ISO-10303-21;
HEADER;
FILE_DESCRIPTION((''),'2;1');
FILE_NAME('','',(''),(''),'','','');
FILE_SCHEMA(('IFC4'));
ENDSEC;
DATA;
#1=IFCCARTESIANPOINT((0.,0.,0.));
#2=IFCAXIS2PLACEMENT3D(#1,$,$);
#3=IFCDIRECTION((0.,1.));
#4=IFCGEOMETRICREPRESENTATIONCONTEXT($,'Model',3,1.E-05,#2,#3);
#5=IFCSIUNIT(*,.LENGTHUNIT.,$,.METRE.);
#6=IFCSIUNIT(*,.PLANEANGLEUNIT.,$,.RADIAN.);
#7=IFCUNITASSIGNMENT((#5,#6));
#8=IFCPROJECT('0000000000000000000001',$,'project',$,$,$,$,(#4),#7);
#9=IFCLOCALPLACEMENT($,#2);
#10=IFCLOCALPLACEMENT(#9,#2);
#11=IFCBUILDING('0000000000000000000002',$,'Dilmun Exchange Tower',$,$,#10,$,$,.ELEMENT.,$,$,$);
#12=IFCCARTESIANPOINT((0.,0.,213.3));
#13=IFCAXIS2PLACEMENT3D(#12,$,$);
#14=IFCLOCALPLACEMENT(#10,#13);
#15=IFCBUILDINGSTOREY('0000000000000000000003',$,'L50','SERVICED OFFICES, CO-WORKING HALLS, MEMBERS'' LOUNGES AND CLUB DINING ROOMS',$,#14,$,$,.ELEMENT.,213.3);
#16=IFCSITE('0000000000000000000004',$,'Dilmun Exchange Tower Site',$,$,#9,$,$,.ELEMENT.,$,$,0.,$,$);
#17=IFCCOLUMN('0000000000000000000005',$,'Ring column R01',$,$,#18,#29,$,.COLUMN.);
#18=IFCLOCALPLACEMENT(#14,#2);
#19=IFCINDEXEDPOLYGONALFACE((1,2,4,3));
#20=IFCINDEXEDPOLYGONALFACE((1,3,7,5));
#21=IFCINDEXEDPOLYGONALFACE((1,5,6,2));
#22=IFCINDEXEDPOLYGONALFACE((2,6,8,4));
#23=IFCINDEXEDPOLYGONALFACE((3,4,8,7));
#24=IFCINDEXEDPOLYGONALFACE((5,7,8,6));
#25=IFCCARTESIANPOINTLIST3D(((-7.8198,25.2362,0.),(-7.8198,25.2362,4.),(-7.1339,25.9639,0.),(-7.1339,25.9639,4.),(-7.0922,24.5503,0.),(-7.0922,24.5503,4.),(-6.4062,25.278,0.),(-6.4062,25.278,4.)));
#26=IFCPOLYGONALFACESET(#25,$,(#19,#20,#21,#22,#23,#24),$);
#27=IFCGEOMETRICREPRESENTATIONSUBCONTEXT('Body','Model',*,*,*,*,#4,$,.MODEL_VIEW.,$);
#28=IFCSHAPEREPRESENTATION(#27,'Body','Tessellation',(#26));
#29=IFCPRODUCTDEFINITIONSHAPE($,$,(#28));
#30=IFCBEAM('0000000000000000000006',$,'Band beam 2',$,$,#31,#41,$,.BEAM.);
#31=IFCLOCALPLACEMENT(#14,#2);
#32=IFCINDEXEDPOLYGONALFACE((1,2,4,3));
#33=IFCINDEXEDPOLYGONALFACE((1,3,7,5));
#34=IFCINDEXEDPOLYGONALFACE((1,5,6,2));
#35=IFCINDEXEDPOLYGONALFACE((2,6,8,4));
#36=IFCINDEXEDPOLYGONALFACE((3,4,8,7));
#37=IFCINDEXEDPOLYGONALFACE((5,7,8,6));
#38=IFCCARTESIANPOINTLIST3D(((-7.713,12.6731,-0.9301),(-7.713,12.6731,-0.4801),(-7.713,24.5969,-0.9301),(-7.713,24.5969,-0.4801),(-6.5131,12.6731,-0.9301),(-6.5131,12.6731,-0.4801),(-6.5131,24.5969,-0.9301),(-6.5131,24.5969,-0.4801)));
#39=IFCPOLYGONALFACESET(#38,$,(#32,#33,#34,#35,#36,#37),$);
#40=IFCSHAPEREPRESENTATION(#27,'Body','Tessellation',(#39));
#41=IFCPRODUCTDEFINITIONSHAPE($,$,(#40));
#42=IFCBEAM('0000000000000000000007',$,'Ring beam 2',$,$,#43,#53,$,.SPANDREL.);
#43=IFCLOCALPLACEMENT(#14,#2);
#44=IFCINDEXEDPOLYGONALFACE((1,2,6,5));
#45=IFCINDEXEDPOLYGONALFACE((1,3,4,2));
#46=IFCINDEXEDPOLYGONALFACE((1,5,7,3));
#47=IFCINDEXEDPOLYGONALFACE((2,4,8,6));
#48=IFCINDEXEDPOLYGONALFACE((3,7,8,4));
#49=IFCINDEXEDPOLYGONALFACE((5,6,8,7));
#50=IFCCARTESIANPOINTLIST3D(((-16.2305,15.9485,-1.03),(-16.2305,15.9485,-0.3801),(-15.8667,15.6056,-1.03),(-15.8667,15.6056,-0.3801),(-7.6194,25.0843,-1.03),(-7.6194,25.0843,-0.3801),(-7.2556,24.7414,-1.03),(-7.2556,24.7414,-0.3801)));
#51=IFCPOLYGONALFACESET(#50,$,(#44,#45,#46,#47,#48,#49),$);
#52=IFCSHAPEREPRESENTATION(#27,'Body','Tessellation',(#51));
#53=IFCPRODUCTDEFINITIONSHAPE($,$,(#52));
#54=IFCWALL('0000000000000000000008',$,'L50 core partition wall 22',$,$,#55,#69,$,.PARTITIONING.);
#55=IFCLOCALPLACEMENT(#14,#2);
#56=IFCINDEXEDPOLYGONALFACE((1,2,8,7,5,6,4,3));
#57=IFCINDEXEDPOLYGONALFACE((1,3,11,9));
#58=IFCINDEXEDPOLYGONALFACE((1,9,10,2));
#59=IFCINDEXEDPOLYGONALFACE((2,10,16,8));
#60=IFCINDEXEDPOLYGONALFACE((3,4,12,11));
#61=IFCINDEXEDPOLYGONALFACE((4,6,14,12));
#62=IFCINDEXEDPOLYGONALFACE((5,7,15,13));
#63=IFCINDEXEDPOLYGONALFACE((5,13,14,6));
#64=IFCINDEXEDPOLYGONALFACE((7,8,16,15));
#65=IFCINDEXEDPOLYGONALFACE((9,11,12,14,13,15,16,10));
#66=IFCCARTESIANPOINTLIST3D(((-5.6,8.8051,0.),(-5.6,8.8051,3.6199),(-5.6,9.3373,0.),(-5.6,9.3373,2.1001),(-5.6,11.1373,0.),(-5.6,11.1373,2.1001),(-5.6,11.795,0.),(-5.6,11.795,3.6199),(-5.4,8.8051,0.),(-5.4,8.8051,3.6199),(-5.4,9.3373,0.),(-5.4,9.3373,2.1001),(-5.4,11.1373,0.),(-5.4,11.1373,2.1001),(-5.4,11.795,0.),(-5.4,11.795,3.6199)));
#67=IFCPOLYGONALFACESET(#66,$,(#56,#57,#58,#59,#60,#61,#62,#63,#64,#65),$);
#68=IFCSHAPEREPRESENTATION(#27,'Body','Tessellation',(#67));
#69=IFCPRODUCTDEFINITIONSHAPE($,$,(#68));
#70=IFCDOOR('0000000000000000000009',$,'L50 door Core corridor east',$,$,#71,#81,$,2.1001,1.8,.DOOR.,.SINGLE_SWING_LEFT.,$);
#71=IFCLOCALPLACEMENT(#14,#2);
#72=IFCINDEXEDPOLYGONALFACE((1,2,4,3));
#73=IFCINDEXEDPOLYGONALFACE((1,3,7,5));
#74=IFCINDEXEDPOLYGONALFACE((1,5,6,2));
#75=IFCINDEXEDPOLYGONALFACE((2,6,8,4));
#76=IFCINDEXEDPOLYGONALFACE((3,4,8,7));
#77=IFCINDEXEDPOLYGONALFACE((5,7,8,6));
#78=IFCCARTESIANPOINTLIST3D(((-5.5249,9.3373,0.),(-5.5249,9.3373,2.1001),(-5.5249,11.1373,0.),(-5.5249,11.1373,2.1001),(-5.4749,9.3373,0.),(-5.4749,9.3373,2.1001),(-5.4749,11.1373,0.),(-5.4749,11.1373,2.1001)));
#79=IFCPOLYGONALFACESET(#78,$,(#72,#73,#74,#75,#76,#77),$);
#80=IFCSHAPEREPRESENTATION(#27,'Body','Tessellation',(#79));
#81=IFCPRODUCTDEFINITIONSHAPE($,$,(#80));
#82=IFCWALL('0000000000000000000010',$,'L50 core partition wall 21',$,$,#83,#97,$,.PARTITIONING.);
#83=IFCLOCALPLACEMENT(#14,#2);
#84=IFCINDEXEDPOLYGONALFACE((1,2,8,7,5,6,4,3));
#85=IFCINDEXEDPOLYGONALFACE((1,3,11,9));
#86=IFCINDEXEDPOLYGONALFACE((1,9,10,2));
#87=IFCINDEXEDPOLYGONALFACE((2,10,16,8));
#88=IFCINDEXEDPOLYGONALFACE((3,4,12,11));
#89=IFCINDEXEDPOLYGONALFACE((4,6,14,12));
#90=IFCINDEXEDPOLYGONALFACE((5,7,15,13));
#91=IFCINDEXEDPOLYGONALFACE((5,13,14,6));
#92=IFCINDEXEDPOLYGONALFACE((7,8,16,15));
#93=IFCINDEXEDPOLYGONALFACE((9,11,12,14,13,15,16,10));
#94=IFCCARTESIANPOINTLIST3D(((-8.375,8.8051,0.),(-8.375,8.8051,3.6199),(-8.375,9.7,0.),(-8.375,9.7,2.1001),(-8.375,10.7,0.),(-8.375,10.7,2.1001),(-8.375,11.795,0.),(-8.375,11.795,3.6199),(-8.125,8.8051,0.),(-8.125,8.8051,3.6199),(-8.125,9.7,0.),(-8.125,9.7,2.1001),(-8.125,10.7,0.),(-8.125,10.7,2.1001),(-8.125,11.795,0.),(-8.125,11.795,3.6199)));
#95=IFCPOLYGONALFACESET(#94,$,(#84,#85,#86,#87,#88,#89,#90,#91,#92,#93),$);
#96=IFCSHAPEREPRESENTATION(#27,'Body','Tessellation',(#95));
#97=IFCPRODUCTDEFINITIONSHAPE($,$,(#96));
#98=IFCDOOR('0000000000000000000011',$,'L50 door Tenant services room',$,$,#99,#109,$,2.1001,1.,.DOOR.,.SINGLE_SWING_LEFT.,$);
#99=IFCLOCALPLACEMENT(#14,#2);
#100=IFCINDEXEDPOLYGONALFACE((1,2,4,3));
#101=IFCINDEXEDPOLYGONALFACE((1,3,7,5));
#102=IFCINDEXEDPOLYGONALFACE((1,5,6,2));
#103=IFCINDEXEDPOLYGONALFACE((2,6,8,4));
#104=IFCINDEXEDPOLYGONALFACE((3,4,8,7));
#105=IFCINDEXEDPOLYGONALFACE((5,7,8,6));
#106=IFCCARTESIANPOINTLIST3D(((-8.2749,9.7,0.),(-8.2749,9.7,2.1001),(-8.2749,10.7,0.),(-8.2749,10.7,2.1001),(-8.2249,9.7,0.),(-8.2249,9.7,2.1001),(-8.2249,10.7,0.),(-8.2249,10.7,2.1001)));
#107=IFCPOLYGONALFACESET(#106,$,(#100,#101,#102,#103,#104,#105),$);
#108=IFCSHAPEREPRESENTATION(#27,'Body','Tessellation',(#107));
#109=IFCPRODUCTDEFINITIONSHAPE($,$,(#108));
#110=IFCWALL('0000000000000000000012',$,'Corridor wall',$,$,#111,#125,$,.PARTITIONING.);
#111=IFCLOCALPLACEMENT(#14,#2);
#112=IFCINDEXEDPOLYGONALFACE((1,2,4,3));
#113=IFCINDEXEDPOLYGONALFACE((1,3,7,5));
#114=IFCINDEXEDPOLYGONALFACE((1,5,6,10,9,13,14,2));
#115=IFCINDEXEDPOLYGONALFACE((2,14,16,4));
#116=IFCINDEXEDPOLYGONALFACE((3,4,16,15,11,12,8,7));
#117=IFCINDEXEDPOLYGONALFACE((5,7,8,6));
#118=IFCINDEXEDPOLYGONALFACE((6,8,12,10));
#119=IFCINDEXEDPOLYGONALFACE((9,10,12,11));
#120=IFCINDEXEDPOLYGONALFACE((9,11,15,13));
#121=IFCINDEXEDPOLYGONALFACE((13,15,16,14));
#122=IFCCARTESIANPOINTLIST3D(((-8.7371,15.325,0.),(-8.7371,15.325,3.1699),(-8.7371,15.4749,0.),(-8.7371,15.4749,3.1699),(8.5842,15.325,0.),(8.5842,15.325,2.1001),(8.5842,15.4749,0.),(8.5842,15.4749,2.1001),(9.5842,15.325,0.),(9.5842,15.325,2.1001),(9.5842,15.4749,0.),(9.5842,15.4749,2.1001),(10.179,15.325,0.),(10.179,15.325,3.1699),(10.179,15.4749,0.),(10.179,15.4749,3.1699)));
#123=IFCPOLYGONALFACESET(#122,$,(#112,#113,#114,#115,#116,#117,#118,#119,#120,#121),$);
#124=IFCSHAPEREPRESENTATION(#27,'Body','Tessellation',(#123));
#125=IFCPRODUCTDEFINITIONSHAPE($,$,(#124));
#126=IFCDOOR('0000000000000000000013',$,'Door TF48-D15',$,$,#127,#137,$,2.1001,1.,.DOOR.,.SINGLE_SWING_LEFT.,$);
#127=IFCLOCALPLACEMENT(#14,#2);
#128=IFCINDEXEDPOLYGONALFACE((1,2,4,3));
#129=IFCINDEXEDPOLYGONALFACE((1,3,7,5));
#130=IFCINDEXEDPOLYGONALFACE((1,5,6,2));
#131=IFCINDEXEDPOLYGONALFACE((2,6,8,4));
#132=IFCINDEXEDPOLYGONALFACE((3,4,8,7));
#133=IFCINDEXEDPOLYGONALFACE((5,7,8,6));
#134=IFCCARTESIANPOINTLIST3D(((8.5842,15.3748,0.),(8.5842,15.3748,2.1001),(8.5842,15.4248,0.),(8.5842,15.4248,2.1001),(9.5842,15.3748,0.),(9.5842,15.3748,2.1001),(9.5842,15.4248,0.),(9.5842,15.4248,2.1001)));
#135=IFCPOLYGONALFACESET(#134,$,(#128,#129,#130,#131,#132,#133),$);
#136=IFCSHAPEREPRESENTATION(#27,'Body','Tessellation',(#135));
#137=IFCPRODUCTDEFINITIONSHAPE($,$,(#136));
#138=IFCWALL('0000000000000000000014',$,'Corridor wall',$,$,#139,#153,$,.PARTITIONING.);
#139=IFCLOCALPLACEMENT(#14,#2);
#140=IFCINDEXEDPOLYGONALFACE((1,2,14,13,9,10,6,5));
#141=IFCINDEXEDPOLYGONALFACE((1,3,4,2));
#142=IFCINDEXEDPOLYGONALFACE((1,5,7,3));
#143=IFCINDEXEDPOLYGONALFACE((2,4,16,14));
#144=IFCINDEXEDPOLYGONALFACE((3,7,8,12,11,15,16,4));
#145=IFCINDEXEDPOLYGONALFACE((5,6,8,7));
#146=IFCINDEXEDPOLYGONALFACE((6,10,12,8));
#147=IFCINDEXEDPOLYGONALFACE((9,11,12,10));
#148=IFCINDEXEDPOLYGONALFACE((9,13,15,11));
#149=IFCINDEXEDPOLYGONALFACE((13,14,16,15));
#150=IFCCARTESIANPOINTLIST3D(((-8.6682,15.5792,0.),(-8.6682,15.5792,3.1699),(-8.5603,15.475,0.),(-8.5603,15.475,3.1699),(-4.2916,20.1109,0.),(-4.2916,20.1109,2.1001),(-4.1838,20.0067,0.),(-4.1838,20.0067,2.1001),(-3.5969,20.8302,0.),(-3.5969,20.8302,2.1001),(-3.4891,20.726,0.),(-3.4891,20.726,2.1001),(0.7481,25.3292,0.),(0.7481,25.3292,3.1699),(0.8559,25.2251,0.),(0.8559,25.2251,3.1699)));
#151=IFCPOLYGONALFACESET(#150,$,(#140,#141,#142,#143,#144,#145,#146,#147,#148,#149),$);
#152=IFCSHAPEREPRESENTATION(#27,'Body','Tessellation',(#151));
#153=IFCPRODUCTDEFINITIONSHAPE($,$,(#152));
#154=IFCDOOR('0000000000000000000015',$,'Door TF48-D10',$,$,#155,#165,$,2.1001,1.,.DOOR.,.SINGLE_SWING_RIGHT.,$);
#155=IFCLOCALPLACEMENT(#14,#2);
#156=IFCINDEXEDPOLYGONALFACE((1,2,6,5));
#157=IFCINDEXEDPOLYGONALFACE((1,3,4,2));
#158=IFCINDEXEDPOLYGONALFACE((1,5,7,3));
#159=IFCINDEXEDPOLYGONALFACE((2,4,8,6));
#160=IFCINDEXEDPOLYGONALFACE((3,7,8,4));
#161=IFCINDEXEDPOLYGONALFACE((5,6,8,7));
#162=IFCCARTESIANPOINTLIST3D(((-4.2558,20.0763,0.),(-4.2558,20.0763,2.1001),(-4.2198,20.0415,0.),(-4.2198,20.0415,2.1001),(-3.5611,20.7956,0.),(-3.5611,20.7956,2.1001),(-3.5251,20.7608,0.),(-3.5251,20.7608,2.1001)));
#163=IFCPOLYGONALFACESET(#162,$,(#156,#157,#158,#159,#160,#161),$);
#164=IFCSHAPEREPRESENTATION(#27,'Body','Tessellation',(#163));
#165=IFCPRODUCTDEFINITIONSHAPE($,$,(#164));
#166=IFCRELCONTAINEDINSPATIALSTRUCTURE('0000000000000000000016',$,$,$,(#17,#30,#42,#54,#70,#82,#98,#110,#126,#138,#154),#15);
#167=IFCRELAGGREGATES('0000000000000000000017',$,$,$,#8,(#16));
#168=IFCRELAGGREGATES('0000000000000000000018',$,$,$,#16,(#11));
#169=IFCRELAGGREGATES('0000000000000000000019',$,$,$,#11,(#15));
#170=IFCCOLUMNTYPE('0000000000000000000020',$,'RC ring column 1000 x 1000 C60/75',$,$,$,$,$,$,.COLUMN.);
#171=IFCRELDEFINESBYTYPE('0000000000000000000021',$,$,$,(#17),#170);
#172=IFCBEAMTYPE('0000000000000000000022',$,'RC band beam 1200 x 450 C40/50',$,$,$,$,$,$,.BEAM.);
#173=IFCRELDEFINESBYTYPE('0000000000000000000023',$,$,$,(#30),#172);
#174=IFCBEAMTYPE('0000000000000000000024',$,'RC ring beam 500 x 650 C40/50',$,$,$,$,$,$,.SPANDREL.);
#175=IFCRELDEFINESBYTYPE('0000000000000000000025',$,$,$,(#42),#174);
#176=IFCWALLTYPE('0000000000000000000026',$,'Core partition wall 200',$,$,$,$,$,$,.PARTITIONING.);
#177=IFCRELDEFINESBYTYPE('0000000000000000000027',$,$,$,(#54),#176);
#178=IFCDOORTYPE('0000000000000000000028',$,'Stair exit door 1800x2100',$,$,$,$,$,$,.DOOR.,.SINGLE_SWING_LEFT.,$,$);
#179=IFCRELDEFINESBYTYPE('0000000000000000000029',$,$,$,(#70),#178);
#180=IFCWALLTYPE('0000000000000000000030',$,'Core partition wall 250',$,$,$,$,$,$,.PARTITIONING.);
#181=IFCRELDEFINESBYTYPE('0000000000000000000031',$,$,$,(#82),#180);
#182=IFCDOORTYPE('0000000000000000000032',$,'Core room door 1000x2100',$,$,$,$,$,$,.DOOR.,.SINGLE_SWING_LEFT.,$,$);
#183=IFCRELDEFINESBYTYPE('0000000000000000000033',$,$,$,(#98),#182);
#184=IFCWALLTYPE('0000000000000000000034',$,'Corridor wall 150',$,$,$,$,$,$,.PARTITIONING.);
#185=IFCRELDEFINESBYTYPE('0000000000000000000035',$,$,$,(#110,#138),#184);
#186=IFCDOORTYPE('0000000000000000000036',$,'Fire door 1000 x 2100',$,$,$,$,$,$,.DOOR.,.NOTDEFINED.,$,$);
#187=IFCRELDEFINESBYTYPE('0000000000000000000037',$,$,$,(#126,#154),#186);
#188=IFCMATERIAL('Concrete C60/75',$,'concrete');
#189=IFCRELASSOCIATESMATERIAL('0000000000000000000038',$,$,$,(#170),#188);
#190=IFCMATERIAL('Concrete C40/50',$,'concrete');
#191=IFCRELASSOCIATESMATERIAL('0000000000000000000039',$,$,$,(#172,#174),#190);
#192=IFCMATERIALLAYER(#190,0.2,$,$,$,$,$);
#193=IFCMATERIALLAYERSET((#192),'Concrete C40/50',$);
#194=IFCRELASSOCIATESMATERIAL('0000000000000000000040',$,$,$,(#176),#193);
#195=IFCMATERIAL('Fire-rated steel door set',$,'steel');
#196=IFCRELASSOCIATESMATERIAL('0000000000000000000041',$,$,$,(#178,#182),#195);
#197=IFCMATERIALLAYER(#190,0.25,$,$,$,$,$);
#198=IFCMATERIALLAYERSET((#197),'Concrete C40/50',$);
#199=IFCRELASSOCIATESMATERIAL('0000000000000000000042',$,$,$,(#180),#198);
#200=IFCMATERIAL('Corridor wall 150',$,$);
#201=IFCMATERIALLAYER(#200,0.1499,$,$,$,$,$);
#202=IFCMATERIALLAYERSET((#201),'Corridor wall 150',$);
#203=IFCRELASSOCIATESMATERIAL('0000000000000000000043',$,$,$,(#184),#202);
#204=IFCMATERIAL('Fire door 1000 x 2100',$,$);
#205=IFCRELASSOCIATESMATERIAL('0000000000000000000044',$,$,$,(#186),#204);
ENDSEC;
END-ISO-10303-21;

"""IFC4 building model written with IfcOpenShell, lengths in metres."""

from ifc_helpers import new_model, si_unit, direction, frame, frame_2d, origin, origin_2d, place, context, subcontext, project, spatial, rectangle, extrude, material, layer, layer_set, material_profile, profile_set, type_object, element, fill, save


model = new_model("IFC4")

# Units and contexts
model_context = context("Model", 3, precision=1e-05, world=origin(), true_north=direction((0.0, 1.0)))
body_context = subcontext(model_context, "Body", "Model", "MODEL_VIEW")
ifc_project = project(units=[si_unit("LENGTHUNIT", "METRE"), si_unit("PLANEANGLEUNIT", "RADIAN")], contexts=[model_context])

# Site, building, storey
site_placement = place(None, origin())
site = spatial("IfcSite", under=ifc_project, at=site_placement, Name="Dilmun Exchange Tower Site", CompositionType="ELEMENT", RefElevation=0.0)
building_placement = place(site_placement, origin())
building = spatial("IfcBuilding", under=site, at=building_placement, Name="Dilmun Exchange Tower", CompositionType="ELEMENT")
storey_placement = place(building_placement, frame((0.0, 0.0, 213.3)))
storey = spatial("IfcBuildingStorey", under=building, at=storey_placement, Name="L50", Description="SERVICED OFFICES, CO-WORKING HALLS, MEMBERS' LOUNGES AND CLUB DINING ROOMS", CompositionType="ELEMENT", Elevation=213.3)

# Column
ifc_material_1 = material(Name="Concrete C60/75", Category="concrete")
ifc_material_profile_1 = material_profile(ifc_material_1, rectangle(XDim=1.0, YDim=1.0, at=origin_2d()), Name="1000 x 1000")
ifc_profile_set_1 = profile_set([ifc_material_profile_1], Name="Concrete C60/75")
column_type = type_object("IfcColumnType", Name="RC ring column 1000 x 1000 C60/75", PredefinedType="COLUMN", material=ifc_profile_set_1)
column_placement = place(storey_placement, frame((-7.113, 25.2571, 0.0), z_axis=(0.0, 0.0, 1.0), x_axis=(0.685916, 0.727681, 0.0)))
element("IfcColumn", 1, at=column_placement, inside=storey, type_object=column_type, Name="Ring column R01", PredefinedType="COLUMN", context=body_context, shape_type="SweptSolid", body=[
    extrude(rectangle(XDim=1.0, YDim=1.0, at=origin_2d()), origin(), (0.0, 0.0, 1.0), 4.0),
])

# Beams
ifc_material_2 = material(Name="Concrete C40/50", Category="concrete")
ifc_material_profile_2 = material_profile(ifc_material_2, rectangle(XDim=1.2, YDim=0.45, at=origin_2d()), Name="1200 x 450")
ifc_profile_set_2 = profile_set([ifc_material_profile_2], Name="Concrete C40/50")
beam_type_1 = type_object("IfcBeamType", Name="RC band beam 1200 x 450 C40/50", PredefinedType="BEAM", material=ifc_profile_set_2)
beam_1_placement = place(storey_placement, frame((-7.113, 24.5969, -0.7051), z_axis=(0.0, -1.0, 0.0), x_axis=(1.0, 0.0, 0.0)))
element("IfcBeam", 2, at=beam_1_placement, inside=storey, type_object=beam_type_1, Name="Band beam 2", PredefinedType="BEAM", context=body_context, shape_type="SweptSolid", body=[
    extrude(rectangle(XDim=1.2, YDim=0.45, at=origin_2d()), origin(), (0.0, 0.0, 1.0), 11.9238),
])
ifc_material_profile_3 = material_profile(ifc_material_2, rectangle(XDim=0.5, YDim=0.6499, at=origin_2d()), Name="500 x 650")
ifc_profile_set_3 = profile_set([ifc_material_profile_3], Name="Concrete C40/50")
beam_type_2 = type_object("IfcBeamType", Name="RC ring beam 500 x 650 C40/50", PredefinedType="SPANDREL", material=ifc_profile_set_3)
beam_2_placement = place(storey_placement, frame((-7.4375, 24.9128, -0.7051), z_axis=(-0.685903, -0.727693, 0.0), x_axis=(0.727693, -0.685903, 0.0)))
element("IfcBeam", 3, at=beam_2_placement, inside=storey, type_object=beam_type_2, Name="Ring beam 2", PredefinedType="SPANDREL", context=body_context, shape_type="SweptSolid", body=[
    extrude(rectangle(XDim=0.5, YDim=0.6499, at=origin_2d()), origin(), (0.0, 0.0, 1.0), 12.5544),
])

# Walls, openings, doors
ifc_layer_1 = layer(ifc_material_2, 0.2)
ifc_layer_set_1 = layer_set([ifc_layer_1], Name="Concrete C40/50")
wall_type_1 = type_object("IfcWallType", Name="Core partition wall 200", PredefinedType="PARTITIONING", material=ifc_layer_set_1)
wall_1_placement = place(storey_placement, frame((-5.5, 8.8049, 0.0), z_axis=(0.0, 0.0, 1.0), x_axis=(0.0, 1.0, 0.0)))
wall_1 = element("IfcWall", 4, at=wall_1_placement, inside=storey, type_object=wall_type_1, Name="L50 core partition wall 22", PredefinedType="PARTITIONING", context=body_context, shape_type="SweptSolid", body=[
    extrude(rectangle(XDim=2.99, YDim=0.2, at=frame_2d((1.4951, 0.0))), origin(), (0.0, 0.0, 1.0), 3.6199),
])
opening_1_placement = place(wall_1_placement, frame((0.5325, 0.0, 0.0)))
opening_1 = element("IfcOpeningElement", 5, at=opening_1_placement, cuts=wall_1, PredefinedType="OPENING", context=body_context, shape_type="SweptSolid", body=[
    extrude(rectangle(XDim=1.8, YDim=2.1001, at=frame_2d((0.8999, 1.05))), frame((0.0, 0.1099, 0.0), z_axis=(0.0, -1.0, 0.0), x_axis=(1.0, 0.0, 0.0)), (0.0, 0.0, 1.0), 0.22),
])
ifc_material_3 = material(Name="Fire-rated steel door set", Category="steel")
door_type_1 = type_object("IfcDoorType", Name="Stair exit door 1800x2100", OperationType="SINGLE_SWING_LEFT", PredefinedType="DOOR", material=ifc_material_3)
door_1_placement = place(opening_1_placement, origin())
door_1 = element("IfcDoor", 6, at=door_1_placement, inside=storey, type_object=door_type_1, Name="L50 door Core corridor east", OperationType="SINGLE_SWING_LEFT", OverallHeight=2.1001, OverallWidth=1.8, PredefinedType="DOOR", context=body_context, shape_type="SweptSolid", body=[
    extrude(rectangle(XDim=1.8, YDim=2.1001, at=frame_2d((0.8999, 1.05))), frame((0.0, 0.0249, 0.0), z_axis=(0.0, -1.0, 0.0), x_axis=(1.0, 0.0, 0.0)), (0.0, 0.0, 1.0), 0.05),
])
fill(opening_1, door_1)
ifc_layer_2 = layer(ifc_material_2, 0.25)
ifc_layer_set_2 = layer_set([ifc_layer_2], Name="Concrete C40/50")
wall_type_2 = type_object("IfcWallType", Name="Core partition wall 250", PredefinedType="PARTITIONING", material=ifc_layer_set_2)
wall_2_placement = place(storey_placement, frame((-8.25, 8.8049, 0.0), z_axis=(0.0, 0.0, 1.0), x_axis=(0.0, 1.0, 0.0)))
wall_2 = element("IfcWall", 7, at=wall_2_placement, inside=storey, type_object=wall_type_2, Name="L50 core partition wall 21", PredefinedType="PARTITIONING", context=body_context, shape_type="SweptSolid", body=[
    extrude(rectangle(XDim=2.99, YDim=0.25, at=frame_2d((1.4951, 0.0))), origin(), (0.0, 0.0, 1.0), 3.6199),
])
opening_2_placement = place(wall_2_placement, frame((0.895, 0.0, 0.0)))
opening_2 = element("IfcOpeningElement", 8, at=opening_2_placement, cuts=wall_2, PredefinedType="OPENING", context=body_context, shape_type="SweptSolid", body=[
    extrude(rectangle(XDim=1.0, YDim=2.1001, at=frame_2d((0.5, 1.05))), frame((0.0, 0.135, 0.0), z_axis=(0.0, -1.0, 0.0), x_axis=(1.0, 0.0, 0.0)), (0.0, 0.0, 1.0), 0.27),
])
door_type_2 = type_object("IfcDoorType", Name="Core room door 1000x2100", OperationType="SINGLE_SWING_LEFT", PredefinedType="DOOR", material=ifc_material_3)
door_2_placement = place(opening_2_placement, origin())
door_2 = element("IfcDoor", 9, at=door_2_placement, inside=storey, type_object=door_type_2, Name="L50 door Tenant services room", OperationType="SINGLE_SWING_LEFT", OverallHeight=2.1001, OverallWidth=1.0, PredefinedType="DOOR", context=body_context, shape_type="SweptSolid", body=[
    extrude(rectangle(XDim=1.0, YDim=2.1001, at=frame_2d((0.5, 1.05))), frame((0.0, 0.0249, 0.0), z_axis=(0.0, -1.0, 0.0), x_axis=(1.0, 0.0, 0.0)), (0.0, 0.0, 1.0), 0.05),
])
fill(opening_2, door_2)
ifc_material_4 = material(Name="Corridor wall 150")
ifc_layer_3 = layer(ifc_material_4, 0.1499)
ifc_layer_set_3 = layer_set([ifc_layer_3], Name="Corridor wall 150")
wall_type_3 = type_object("IfcWallType", Name="Corridor wall 150", PredefinedType="PARTITIONING", material=ifc_layer_set_3)
wall_3_placement = place(storey_placement, frame((-8.7371, 15.3999, 0.0), z_axis=(0.0, 0.0, 1.0), x_axis=(1.0, 0.0, 0.0)))
wall_3 = element("IfcWall", 10, at=wall_3_placement, inside=storey, type_object=wall_type_3, Name="Corridor wall", PredefinedType="PARTITIONING", context=body_context, shape_type="SweptSolid", body=[
    extrude(rectangle(XDim=18.916, YDim=0.1499, at=frame_2d((9.458, 0.0))), origin(), (0.0, 0.0, 1.0), 3.1699),
])
opening_3_placement = place(wall_3_placement, frame((17.3213, 0.0, 0.0)))
opening_3 = element("IfcOpeningElement", 11, at=opening_3_placement, cuts=wall_3, PredefinedType="OPENING", context=body_context, shape_type="SweptSolid", body=[
    extrude(rectangle(XDim=1.0, YDim=2.1001, at=frame_2d((0.5, 1.05))), frame((0.0, 0.085, 0.0), z_axis=(0.0, -1.0, 0.0), x_axis=(1.0, 0.0, 0.0)), (0.0, 0.0, 1.0), 0.1699),
])
ifc_material_5 = material(Name="Fire door 1000 x 2100")
door_type_3 = type_object("IfcDoorType", Name="Fire door 1000 x 2100", OperationType="NOTDEFINED", PredefinedType="DOOR", material=ifc_material_5)
door_3_placement = place(opening_3_placement, origin())
door_3 = element("IfcDoor", 12, at=door_3_placement, inside=storey, type_object=door_type_3, Name="Door TF48-D15", OperationType="SINGLE_SWING_LEFT", OverallHeight=2.1001, OverallWidth=1.0, PredefinedType="DOOR", context=body_context, shape_type="SweptSolid", body=[
    extrude(rectangle(XDim=1.0, YDim=2.1001, at=frame_2d((0.5, 1.05))), frame((0.0, 0.0249, 0.0), z_axis=(0.0, -1.0, 0.0), x_axis=(1.0, 0.0, 0.0)), (0.0, 0.0, 1.0), 0.05),
])
fill(opening_3, door_3)
wall_4_placement = place(storey_placement, frame((-8.6143, 15.5271, 0.0), z_axis=(0.0, 0.0, 1.0), x_axis=(0.694689, 0.719311, 0.0)))
wall_4 = element("IfcWall", 13, at=wall_4_placement, inside=storey, type_object=wall_type_3, Name="Corridor wall", PredefinedType="PARTITIONING", context=body_context, shape_type="SweptSolid", body=[
    extrude(rectangle(XDim=13.5547, YDim=0.1499, at=frame_2d((6.7773, 0.0))), origin(), (0.0, 0.0, 1.0), 3.1699),
])
opening_4_placement = place(wall_4_placement, frame((6.3, 0.0, 0.0)))
opening_4 = element("IfcOpeningElement", 14, at=opening_4_placement, cuts=wall_4, PredefinedType="OPENING", context=body_context, shape_type="SweptSolid", body=[
    extrude(rectangle(XDim=1.0, YDim=2.1001, at=frame_2d((0.5, 1.05))), frame((0.0, 0.085, 0.0), z_axis=(0.0, -1.0, 0.0), x_axis=(1.0, 0.0, 0.0)), (0.0, 0.0, 1.0), 0.1699),
])
door_4_placement = place(opening_4_placement, frame((1.0, 0.0, 0.0), z_axis=(0.0, 0.0, 1.0), x_axis=(-1.0, 0.0, 0.0)))
door_4 = element("IfcDoor", 15, at=door_4_placement, inside=storey, type_object=door_type_3, Name="Door TF48-D10", OperationType="SINGLE_SWING_RIGHT", OverallHeight=2.1001, OverallWidth=1.0, PredefinedType="DOOR", context=body_context, shape_type="SweptSolid", body=[
    extrude(rectangle(XDim=1.0, YDim=2.1001, at=frame_2d((0.5, 1.05))), frame((0.0, 0.0249, 0.0), z_axis=(0.0, -1.0, 0.0), x_axis=(1.0, 0.0, 0.0)), (0.0, 0.0, 1.0), 0.05),
])
fill(opening_4, door_4)

save(model, "model.ifc")
